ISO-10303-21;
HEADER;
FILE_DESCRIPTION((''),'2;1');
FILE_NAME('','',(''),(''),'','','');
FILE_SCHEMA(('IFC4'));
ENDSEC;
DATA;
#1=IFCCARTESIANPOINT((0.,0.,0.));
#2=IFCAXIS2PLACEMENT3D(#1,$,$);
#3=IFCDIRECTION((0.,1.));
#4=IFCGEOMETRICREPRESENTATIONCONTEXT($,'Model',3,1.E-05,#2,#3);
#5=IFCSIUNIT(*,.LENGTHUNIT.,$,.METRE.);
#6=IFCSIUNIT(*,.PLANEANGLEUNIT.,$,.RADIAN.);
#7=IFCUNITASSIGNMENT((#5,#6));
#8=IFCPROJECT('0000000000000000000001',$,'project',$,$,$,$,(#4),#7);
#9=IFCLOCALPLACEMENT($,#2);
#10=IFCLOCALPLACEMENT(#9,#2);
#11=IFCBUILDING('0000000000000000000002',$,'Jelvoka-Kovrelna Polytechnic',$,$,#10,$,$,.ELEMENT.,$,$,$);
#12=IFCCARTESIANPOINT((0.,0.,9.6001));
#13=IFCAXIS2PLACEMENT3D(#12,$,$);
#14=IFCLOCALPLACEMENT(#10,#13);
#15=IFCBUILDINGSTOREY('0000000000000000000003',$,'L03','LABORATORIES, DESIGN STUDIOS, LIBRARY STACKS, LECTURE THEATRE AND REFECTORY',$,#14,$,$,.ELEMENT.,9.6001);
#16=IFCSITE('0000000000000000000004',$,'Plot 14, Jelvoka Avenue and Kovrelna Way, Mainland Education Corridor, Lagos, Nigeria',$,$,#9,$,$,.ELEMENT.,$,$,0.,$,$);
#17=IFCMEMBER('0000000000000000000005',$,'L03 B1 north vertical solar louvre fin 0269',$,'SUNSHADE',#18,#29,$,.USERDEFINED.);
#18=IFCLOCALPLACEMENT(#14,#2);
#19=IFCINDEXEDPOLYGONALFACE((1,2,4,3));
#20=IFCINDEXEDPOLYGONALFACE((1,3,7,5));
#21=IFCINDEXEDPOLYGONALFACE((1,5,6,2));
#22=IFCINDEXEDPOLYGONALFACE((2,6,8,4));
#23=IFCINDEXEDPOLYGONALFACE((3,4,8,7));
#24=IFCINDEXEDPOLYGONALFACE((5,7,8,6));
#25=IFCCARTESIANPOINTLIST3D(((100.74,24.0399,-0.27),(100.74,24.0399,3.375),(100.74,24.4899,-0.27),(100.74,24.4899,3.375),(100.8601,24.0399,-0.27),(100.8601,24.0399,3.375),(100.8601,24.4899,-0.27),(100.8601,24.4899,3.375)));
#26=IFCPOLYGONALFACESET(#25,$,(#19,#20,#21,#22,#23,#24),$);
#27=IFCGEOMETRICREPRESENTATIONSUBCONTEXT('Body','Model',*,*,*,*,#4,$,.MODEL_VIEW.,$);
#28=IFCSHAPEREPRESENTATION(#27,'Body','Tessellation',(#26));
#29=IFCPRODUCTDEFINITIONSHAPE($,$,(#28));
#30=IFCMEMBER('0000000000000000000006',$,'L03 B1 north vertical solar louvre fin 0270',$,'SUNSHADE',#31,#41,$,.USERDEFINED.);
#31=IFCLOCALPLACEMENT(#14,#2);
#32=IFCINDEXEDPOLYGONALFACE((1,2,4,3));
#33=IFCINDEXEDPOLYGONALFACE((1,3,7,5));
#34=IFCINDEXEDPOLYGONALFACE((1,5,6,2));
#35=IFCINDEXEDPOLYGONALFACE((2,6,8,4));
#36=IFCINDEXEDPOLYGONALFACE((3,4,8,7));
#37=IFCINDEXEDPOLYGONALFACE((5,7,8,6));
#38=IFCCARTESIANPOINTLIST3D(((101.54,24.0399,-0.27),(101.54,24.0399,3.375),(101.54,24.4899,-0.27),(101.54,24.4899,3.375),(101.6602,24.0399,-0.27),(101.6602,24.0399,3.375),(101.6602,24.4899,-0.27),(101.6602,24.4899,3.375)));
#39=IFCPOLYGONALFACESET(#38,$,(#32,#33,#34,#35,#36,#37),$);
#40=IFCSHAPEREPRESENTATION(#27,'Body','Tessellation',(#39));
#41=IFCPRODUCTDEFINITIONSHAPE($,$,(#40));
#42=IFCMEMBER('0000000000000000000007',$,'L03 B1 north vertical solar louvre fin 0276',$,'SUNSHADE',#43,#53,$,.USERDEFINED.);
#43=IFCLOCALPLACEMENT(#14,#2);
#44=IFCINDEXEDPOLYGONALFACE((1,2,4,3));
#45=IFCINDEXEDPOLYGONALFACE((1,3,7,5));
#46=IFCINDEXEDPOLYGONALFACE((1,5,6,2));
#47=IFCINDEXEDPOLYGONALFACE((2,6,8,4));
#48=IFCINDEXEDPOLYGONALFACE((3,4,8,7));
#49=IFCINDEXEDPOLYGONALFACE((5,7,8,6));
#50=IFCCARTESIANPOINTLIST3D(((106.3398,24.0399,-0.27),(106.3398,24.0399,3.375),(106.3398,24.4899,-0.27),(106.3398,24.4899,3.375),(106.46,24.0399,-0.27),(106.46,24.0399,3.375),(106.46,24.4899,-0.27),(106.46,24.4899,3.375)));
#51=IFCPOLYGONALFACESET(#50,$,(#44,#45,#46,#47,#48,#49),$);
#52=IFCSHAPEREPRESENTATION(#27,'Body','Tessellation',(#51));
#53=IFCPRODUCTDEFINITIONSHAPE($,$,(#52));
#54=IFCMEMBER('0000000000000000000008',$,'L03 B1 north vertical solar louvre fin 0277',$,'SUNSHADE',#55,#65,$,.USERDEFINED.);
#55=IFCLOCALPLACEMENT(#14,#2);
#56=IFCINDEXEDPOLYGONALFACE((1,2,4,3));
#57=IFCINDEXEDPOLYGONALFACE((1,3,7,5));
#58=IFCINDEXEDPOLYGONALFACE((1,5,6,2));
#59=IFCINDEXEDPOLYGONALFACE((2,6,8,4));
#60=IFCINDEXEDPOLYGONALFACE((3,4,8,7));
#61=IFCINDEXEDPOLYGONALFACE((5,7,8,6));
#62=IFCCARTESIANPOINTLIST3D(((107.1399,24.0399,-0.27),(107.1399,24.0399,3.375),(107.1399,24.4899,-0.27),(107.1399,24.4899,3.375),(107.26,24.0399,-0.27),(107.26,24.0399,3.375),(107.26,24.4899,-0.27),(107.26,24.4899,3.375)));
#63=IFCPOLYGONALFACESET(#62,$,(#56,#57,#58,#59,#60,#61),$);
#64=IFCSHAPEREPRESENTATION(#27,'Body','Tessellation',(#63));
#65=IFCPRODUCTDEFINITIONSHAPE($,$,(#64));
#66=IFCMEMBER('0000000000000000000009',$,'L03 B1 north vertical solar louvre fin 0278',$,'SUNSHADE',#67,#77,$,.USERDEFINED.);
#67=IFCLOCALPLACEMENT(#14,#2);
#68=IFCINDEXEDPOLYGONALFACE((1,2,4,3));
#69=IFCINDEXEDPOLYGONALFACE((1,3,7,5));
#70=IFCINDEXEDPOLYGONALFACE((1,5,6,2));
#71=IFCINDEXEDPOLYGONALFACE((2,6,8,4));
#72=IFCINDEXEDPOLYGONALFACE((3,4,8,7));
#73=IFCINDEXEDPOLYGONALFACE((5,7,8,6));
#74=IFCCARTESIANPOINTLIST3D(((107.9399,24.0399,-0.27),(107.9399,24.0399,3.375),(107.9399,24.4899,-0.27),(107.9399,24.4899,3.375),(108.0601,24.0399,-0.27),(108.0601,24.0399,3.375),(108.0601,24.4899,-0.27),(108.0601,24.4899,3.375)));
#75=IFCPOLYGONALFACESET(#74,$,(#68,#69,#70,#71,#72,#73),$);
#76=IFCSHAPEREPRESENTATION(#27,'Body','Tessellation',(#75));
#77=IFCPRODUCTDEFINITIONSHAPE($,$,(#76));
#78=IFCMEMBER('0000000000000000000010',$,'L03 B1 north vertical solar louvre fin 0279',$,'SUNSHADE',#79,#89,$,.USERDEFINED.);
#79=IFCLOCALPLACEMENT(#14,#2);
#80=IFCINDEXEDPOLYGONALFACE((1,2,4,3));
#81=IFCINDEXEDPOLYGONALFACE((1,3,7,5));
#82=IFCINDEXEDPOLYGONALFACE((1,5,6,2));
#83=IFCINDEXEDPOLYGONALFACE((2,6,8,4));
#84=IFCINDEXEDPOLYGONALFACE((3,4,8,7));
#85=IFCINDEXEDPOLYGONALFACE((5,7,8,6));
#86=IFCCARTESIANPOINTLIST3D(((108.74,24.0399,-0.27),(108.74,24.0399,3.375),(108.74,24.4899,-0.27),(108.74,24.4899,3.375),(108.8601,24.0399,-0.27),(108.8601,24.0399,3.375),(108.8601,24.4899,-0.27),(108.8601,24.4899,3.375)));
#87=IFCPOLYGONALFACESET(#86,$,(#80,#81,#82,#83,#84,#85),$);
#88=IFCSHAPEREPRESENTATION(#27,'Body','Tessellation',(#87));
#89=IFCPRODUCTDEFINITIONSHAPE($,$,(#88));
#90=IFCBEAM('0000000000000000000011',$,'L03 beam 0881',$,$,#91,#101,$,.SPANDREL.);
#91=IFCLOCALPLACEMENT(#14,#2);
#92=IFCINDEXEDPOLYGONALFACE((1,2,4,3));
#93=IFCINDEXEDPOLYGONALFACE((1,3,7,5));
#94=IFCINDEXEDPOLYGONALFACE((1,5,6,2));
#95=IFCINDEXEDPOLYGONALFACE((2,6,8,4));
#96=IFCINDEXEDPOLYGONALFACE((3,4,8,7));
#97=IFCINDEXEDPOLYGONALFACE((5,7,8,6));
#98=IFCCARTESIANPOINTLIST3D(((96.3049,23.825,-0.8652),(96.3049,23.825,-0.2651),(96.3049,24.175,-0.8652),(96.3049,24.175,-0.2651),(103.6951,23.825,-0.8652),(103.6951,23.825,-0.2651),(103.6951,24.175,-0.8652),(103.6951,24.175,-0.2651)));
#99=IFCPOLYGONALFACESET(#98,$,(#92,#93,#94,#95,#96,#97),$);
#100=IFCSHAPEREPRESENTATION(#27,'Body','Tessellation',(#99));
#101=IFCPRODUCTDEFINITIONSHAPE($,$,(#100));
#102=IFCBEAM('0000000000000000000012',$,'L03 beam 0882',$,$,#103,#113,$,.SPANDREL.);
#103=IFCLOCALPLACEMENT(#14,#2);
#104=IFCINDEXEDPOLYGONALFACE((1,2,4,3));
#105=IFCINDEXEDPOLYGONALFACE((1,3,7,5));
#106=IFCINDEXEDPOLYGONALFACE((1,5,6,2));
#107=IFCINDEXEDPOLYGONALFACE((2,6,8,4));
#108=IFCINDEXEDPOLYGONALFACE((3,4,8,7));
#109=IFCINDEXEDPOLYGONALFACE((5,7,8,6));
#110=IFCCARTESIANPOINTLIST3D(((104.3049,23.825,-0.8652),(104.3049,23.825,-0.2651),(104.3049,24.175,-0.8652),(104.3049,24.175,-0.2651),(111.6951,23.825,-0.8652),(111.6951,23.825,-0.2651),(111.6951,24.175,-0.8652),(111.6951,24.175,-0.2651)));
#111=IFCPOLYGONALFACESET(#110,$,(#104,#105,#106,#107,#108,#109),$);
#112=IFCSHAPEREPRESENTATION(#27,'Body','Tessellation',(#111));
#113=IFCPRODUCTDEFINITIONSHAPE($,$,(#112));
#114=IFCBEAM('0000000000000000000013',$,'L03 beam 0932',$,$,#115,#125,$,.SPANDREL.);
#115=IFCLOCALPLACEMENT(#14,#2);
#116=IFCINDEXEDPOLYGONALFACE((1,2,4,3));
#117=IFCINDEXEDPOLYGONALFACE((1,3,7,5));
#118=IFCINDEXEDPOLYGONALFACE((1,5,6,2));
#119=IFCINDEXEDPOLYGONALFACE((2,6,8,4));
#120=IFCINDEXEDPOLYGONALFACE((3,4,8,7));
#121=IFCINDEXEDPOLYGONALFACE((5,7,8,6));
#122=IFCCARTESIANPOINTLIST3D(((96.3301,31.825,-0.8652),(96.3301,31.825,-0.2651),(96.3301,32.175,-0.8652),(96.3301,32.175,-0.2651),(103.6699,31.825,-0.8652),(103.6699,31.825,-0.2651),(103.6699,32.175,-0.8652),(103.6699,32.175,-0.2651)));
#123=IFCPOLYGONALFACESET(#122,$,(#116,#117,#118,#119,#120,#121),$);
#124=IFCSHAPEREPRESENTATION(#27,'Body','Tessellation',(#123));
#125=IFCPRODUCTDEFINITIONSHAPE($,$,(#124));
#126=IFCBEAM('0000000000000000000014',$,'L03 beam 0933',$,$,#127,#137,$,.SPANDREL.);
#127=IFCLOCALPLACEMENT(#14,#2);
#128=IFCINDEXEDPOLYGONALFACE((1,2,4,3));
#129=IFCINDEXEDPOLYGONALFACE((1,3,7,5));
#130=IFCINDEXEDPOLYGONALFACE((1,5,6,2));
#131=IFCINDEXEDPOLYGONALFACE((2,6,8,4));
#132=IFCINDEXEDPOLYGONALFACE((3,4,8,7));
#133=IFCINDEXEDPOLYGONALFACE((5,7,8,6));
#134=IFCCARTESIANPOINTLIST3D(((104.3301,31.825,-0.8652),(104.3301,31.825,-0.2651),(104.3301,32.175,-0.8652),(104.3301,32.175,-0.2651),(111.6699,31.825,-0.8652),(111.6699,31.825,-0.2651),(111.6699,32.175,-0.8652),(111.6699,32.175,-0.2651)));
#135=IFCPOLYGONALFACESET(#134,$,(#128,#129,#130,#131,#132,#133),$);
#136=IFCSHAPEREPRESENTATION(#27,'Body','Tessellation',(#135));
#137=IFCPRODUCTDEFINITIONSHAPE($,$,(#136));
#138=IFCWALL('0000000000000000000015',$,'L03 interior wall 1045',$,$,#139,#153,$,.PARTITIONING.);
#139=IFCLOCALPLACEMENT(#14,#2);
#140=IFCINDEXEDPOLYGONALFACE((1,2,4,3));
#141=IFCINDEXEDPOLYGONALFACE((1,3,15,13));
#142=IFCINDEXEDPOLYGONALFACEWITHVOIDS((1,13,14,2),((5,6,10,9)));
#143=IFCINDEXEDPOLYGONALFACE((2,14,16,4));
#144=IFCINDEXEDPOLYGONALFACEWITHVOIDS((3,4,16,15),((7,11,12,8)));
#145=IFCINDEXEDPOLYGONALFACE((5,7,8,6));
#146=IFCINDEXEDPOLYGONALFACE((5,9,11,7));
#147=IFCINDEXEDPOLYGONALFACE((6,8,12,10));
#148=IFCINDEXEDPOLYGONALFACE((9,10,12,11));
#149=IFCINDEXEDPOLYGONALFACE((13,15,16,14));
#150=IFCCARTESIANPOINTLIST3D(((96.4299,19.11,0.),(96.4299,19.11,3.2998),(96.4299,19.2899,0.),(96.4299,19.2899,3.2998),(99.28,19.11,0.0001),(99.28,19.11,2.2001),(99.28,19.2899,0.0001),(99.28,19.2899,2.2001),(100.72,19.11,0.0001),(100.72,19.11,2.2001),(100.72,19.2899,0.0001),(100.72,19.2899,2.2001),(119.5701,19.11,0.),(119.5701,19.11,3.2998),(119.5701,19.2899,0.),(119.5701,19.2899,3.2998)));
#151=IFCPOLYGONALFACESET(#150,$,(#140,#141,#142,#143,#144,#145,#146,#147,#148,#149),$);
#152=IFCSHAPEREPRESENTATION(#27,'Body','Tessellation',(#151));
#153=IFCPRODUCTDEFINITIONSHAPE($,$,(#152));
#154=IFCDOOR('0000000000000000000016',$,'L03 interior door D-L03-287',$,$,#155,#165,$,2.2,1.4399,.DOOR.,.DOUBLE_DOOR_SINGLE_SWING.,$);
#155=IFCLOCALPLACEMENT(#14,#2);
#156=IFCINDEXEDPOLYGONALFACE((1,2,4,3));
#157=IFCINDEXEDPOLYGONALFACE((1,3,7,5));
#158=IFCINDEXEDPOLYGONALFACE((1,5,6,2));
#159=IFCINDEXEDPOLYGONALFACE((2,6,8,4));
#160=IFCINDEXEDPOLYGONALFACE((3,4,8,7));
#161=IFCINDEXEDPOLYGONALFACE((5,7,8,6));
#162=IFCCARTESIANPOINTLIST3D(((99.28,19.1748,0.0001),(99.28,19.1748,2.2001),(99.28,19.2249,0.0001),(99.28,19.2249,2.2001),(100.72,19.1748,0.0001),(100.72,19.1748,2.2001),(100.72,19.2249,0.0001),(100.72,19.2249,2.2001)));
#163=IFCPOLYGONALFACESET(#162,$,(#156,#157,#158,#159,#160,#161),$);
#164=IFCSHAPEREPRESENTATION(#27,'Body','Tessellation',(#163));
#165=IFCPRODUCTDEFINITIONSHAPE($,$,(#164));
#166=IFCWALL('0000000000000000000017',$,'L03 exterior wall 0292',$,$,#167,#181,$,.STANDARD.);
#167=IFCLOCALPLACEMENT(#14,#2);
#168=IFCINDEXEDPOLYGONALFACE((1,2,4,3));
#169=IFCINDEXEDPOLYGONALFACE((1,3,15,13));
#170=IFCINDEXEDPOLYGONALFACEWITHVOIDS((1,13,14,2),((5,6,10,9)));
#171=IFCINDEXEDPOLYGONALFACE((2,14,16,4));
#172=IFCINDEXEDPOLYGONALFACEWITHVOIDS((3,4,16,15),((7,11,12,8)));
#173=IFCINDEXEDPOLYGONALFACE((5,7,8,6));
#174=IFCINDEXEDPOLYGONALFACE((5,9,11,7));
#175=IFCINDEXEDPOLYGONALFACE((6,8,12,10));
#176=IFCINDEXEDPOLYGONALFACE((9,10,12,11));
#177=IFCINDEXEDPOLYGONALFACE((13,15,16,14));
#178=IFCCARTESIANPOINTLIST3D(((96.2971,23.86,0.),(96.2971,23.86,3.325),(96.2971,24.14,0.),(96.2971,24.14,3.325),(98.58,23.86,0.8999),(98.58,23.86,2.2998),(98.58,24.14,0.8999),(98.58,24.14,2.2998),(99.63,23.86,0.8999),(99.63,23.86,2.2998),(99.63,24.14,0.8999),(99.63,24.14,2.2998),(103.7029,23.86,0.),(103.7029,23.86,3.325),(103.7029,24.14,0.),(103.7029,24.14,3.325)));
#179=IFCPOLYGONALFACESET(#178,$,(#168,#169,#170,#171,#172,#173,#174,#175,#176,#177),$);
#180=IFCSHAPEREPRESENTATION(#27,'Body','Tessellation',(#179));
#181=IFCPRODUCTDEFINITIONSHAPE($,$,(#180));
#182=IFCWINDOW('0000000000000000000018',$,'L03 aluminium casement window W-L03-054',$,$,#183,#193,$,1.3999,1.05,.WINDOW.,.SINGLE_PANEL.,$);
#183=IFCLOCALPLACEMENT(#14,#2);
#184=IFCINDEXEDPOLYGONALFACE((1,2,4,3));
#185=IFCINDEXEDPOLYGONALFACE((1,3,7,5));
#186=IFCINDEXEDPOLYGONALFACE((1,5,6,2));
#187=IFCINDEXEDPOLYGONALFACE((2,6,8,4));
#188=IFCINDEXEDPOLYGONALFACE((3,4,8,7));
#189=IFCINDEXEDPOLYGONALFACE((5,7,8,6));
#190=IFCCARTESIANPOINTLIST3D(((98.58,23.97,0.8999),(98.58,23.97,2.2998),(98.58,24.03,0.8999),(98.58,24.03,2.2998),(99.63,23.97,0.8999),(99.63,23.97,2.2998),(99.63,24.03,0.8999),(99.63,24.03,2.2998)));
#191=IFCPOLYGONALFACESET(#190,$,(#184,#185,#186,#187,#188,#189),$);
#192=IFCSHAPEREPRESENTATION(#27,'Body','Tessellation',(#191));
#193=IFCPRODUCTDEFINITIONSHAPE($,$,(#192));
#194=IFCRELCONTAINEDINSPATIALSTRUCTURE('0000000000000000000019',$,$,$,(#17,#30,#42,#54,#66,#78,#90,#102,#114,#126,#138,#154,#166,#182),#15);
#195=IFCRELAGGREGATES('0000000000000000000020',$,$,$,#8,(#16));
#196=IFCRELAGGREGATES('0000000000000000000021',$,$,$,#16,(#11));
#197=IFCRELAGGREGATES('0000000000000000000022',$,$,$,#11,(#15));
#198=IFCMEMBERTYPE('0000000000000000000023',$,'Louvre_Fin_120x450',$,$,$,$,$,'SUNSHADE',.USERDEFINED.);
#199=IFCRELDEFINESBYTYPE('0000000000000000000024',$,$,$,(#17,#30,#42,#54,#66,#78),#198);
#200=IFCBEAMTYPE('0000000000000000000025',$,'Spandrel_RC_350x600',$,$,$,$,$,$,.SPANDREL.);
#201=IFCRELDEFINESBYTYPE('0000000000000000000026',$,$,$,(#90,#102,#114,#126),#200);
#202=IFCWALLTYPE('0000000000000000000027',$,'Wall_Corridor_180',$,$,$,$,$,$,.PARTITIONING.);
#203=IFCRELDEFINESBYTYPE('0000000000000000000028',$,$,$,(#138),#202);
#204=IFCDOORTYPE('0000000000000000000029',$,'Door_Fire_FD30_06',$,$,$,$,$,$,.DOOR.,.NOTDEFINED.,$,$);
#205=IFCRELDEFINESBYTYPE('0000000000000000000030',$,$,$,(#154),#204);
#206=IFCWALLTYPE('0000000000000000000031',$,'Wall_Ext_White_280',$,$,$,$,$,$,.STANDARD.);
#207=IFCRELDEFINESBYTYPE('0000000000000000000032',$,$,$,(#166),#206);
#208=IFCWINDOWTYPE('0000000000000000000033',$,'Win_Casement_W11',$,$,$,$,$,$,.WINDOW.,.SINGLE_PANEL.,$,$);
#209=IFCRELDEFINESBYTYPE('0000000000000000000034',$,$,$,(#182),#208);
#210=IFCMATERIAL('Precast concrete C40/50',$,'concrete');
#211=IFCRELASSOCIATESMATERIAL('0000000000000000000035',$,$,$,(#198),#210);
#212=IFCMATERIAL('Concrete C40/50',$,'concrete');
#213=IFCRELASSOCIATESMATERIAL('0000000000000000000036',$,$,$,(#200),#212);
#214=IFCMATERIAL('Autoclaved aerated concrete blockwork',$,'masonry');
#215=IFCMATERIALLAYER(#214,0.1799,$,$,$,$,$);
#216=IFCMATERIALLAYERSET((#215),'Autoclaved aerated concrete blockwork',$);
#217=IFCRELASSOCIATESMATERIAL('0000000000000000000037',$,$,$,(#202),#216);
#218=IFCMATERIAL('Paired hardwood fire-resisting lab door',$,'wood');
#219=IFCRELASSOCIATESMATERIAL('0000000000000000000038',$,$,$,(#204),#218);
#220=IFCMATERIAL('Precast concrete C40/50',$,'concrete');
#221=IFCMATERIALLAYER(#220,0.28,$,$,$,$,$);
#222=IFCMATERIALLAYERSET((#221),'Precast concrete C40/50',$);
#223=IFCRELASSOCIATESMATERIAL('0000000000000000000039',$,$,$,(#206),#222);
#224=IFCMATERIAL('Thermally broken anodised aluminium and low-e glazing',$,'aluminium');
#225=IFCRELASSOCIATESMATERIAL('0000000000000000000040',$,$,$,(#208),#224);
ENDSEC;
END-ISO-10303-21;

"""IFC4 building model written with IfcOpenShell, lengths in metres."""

from ifc_helpers import new_model, si_unit, direction, frame, frame_2d, origin, origin_2d, place, context, subcontext, project, spatial, rectangle, extrude, material, layer, layer_set, material_profile, profile_set, type_object, element, fill, save


model = new_model("IFC4")

# Units and contexts
model_context = context("Model", 3, precision=1e-05, world=origin(), true_north=direction((0.0, 1.0)))
body_context = subcontext(model_context, "Body", "Model", "MODEL_VIEW")
ifc_project = project(units=[si_unit("LENGTHUNIT", "METRE"), si_unit("PLANEANGLEUNIT", "RADIAN")], contexts=[model_context])

# Site, building, storey
site_placement = place(None, origin())
site = spatial("IfcSite", under=ifc_project, at=site_placement, Name="Plot 14, Jelvoka Avenue and Kovrelna Way, Mainland Education Corridor, Lagos, Nigeria", CompositionType="ELEMENT", RefElevation=0.0)
building_placement = place(site_placement, origin())
building = spatial("IfcBuilding", under=site, at=building_placement, Name="Jelvoka-Kovrelna Polytechnic", CompositionType="ELEMENT")
storey_placement = place(building_placement, frame((0.0, 0.0, 9.6001)))
storey = spatial("IfcBuildingStorey", under=building, at=storey_placement, Name="L03", Description="LABORATORIES, DESIGN STUDIOS, LIBRARY STACKS, LECTURE THEATRE AND REFECTORY", CompositionType="ELEMENT", Elevation=9.6001)

# Members
ifc_material_1 = material(Name="Precast concrete C40/50", Category="concrete")
ifc_material_profile_1 = material_profile(ifc_material_1, rectangle(XDim=0.1201, YDim=0.45, at=origin_2d()), Name="PC 120x450")
ifc_profile_set_1 = profile_set([ifc_material_profile_1], Name="Precast concrete C40/50")
member_type_1 = type_object("IfcMemberType", Name="Louvre_Fin_120x450", ElementType="SUNSHADE", PredefinedType="USERDEFINED", material=ifc_profile_set_1)
for number, where, z_axis, x_axis, name in (
    (1, (100.8, 24.2649, -0.27), (0.0, 0.0, 1.0), (1.0, 0.0, 0.0), "L03 B1 north vertical solar louvre fin 0269"),
    (2, (101.6001, 24.2649, -0.27), (0.0, 0.0, 1.0), (1.0, 0.0, 0.0), "L03 B1 north vertical solar louvre fin 0270"),
    (3, (106.3999, 24.2649, -0.27), (0.0, 0.0, 1.0), (1.0, 0.0, 0.0), "L03 B1 north vertical solar louvre fin 0276"),
    (4, (107.2, 24.2649, -0.27), (0.0, 0.0, 1.0), (1.0, 0.0, 0.0), "L03 B1 north vertical solar louvre fin 0277"),
    (5, (108.0, 24.2649, -0.27), (0.0, 0.0, 1.0), (1.0, 0.0, 0.0), "L03 B1 north vertical solar louvre fin 0278"),
    (6, (108.8, 24.2649, -0.27), (0.0, 0.0, 1.0), (1.0, 0.0, 0.0), "L03 B1 north vertical solar louvre fin 0279"),
):
    element("IfcMember", number, at=place(storey_placement, frame(where, z_axis=z_axis, x_axis=x_axis)), inside=storey, type_object=member_type_1, Name=name, ObjectType="SUNSHADE", PredefinedType="USERDEFINED", context=body_context, shape_type="SweptSolid", body=[
        extrude(rectangle(XDim=0.1201, YDim=0.45, at=origin_2d()), origin(), (0.0, 0.0, 1.0), 3.645),
    ])

# Beams
ifc_material_2 = material(Name="Concrete C40/50", Category="concrete")
ifc_material_profile_2 = material_profile(ifc_material_2, rectangle(XDim=0.3501, YDim=0.6001, at=origin_2d()), Name="RC 350x600")
ifc_profile_set_2 = profile_set([ifc_material_profile_2], Name="Concrete C40/50")
beam_type_1 = type_object("IfcBeamType", Name="Spandrel_RC_350x600", PredefinedType="SPANDREL", material=ifc_profile_set_2)
for number, where, z_axis, x_axis, name in (
    (7, (96.3049, 24.0, -0.5652), (1.0, 0.0, 0.0), (0.0, 1.0, 0.0), "L03 beam 0881"),
    (8, (104.3049, 24.0, -0.5652), (1.0, 0.0, 0.0), (0.0, 1.0, 0.0), "L03 beam 0882"),
):
    element("IfcBeam", number, at=place(storey_placement, frame(where, z_axis=z_axis, x_axis=x_axis)), inside=storey, type_object=beam_type_1, Name=name, PredefinedType="SPANDREL", context=body_context, shape_type="SweptSolid", body=[
        extrude(rectangle(XDim=0.3501, YDim=0.6001, at=origin_2d()), origin(), (0.0, 0.0, 1.0), 7.3901),
    ])
for number, where, z_axis, x_axis, name in (
    (9, (96.3301, 32.0, -0.5652), (1.0, 0.0, 0.0), (0.0, 1.0, 0.0), "L03 beam 0932"),
    (10, (104.3301, 32.0, -0.5652), (1.0, 0.0, 0.0), (0.0, 1.0, 0.0), "L03 beam 0933"),
):
    element("IfcBeam", number, at=place(storey_placement, frame(where, z_axis=z_axis, x_axis=x_axis)), inside=storey, type_object=beam_type_1, Name=name, PredefinedType="SPANDREL", context=body_context, shape_type="SweptSolid", body=[
        extrude(rectangle(XDim=0.3501, YDim=0.6001, at=origin_2d()), origin(), (0.0, 0.0, 1.0), 7.3398),
    ])

# Wall, opening, door
ifc_material_3 = material(Name="Autoclaved aerated concrete blockwork", Category="masonry")
ifc_layer_1 = layer(ifc_material_3, 0.1799)
ifc_layer_set_1 = layer_set([ifc_layer_1], Name="Autoclaved aerated concrete blockwork")
wall_type_1 = type_object("IfcWallType", Name="Wall_Corridor_180", PredefinedType="PARTITIONING", material=ifc_layer_set_1)
wall_1_placement = place(storey_placement, frame((96.4299, 19.2, 0.0), z_axis=(0.0, 0.0, 1.0), x_axis=(1.0, 0.0, 0.0)))
wall_1 = element("IfcWall", 11, at=wall_1_placement, inside=storey, type_object=wall_type_1, Name="L03 interior wall 1045", PredefinedType="PARTITIONING", context=body_context, shape_type="SweptSolid", body=[
    extrude(rectangle(XDim=23.1401, YDim=0.1799, at=frame_2d((11.5701, 0.0))), origin(), (0.0, 0.0, 1.0), 3.2998),
])
opening_1_placement = place(wall_1_placement, frame((2.8501, 0.0, 0.0)))
opening_1 = element("IfcOpeningElement", 12, at=opening_1_placement, cuts=wall_1, PredefinedType="OPENING", context=body_context, shape_type="SweptSolid", body=[
    extrude(rectangle(XDim=1.4399, YDim=2.2, at=frame_2d((0.72, 1.1001))), frame((0.0, 0.0999, 0.0), z_axis=(0.0, -1.0, 0.0), x_axis=(1.0, 0.0, 0.0)), (0.0, 0.0, 1.0), 0.2),
])
ifc_material_4 = material(Name="Paired hardwood fire-resisting lab door", Category="wood")
door_type = type_object("IfcDoorType", Name="Door_Fire_FD30_06", OperationType="NOTDEFINED", PredefinedType="DOOR", material=ifc_material_4)
door_placement = place(opening_1_placement, origin())
door = element("IfcDoor", 13, at=door_placement, inside=storey, type_object=door_type, Name="L03 interior door D-L03-287", OperationType="DOUBLE_DOOR_SINGLE_SWING", OverallHeight=2.2, OverallWidth=1.4399, PredefinedType="DOOR", context=body_context, shape_type="SweptSolid", body=[
    extrude(rectangle(XDim=1.4399, YDim=2.2, at=frame_2d((0.72, 1.1001))), frame((0.0, 0.0249, 0.0), z_axis=(0.0, -1.0, 0.0), x_axis=(1.0, 0.0, 0.0)), (0.0, 0.0, 1.0), 0.05),
])
fill(opening_1, door)

# Wall, opening, window
ifc_material_5 = material(Name="Precast concrete C40/50", Category="concrete")
ifc_layer_2 = layer(ifc_material_5, 0.28)
ifc_layer_set_2 = layer_set([ifc_layer_2], Name="Precast concrete C40/50")
wall_type_2 = type_object("IfcWallType", Name="Wall_Ext_White_280", PredefinedType="STANDARD", material=ifc_layer_set_2)
wall_2_placement = place(storey_placement, frame((96.2971, 24.0, 0.0), z_axis=(0.0, 0.0, 1.0), x_axis=(1.0, 0.0, 0.0)))
wall_2 = element("IfcWall", 14, at=wall_2_placement, inside=storey, type_object=wall_type_2, Name="L03 exterior wall 0292", PredefinedType="STANDARD", context=body_context, shape_type="SweptSolid", body=[
    extrude(rectangle(XDim=7.4058, YDim=0.28, at=frame_2d((3.7029, 0.0))), origin(), (0.0, 0.0, 1.0), 3.325),
])
opening_2_placement = place(wall_2_placement, frame((2.283, 0.0, 0.8999)))
opening_2 = element("IfcOpeningElement", 15, at=opening_2_placement, cuts=wall_2, PredefinedType="OPENING", context=body_context, shape_type="SweptSolid", body=[
    extrude(rectangle(XDim=1.05, YDim=1.3999, at=frame_2d((0.5249, 0.7))), frame((0.0, 0.1501, 0.0), z_axis=(0.0, -1.0, 0.0), x_axis=(1.0, 0.0, 0.0)), (0.0, 0.0, 1.0), 0.3),
])
ifc_material_6 = material(Name="Thermally broken anodised aluminium and low-e glazing", Category="aluminium")
window_type_1 = type_object("IfcWindowType", Name="Win_Casement_W11", PartitioningType="SINGLE_PANEL", PredefinedType="WINDOW", material=ifc_material_6)
window_1_placement = place(opening_2_placement, origin())
window_1 = element("IfcWindow", 16, at=window_1_placement, inside=storey, type_object=window_type_1, Name="L03 aluminium casement window W-L03-054", OverallHeight=1.3999, OverallWidth=1.05, PartitioningType="SINGLE_PANEL", PredefinedType="WINDOW", context=body_context, shape_type="SweptSolid", body=[
    extrude(rectangle(XDim=1.05, YDim=1.3999, at=frame_2d((0.5249, 0.7))), frame((0.0, 0.03, 0.0), z_axis=(0.0, -1.0, 0.0), x_axis=(1.0, 0.0, 0.0)), (0.0, 0.0, 1.0), 0.0601),
])
fill(opening_2, window_1)

save(model, "model.ifc")
